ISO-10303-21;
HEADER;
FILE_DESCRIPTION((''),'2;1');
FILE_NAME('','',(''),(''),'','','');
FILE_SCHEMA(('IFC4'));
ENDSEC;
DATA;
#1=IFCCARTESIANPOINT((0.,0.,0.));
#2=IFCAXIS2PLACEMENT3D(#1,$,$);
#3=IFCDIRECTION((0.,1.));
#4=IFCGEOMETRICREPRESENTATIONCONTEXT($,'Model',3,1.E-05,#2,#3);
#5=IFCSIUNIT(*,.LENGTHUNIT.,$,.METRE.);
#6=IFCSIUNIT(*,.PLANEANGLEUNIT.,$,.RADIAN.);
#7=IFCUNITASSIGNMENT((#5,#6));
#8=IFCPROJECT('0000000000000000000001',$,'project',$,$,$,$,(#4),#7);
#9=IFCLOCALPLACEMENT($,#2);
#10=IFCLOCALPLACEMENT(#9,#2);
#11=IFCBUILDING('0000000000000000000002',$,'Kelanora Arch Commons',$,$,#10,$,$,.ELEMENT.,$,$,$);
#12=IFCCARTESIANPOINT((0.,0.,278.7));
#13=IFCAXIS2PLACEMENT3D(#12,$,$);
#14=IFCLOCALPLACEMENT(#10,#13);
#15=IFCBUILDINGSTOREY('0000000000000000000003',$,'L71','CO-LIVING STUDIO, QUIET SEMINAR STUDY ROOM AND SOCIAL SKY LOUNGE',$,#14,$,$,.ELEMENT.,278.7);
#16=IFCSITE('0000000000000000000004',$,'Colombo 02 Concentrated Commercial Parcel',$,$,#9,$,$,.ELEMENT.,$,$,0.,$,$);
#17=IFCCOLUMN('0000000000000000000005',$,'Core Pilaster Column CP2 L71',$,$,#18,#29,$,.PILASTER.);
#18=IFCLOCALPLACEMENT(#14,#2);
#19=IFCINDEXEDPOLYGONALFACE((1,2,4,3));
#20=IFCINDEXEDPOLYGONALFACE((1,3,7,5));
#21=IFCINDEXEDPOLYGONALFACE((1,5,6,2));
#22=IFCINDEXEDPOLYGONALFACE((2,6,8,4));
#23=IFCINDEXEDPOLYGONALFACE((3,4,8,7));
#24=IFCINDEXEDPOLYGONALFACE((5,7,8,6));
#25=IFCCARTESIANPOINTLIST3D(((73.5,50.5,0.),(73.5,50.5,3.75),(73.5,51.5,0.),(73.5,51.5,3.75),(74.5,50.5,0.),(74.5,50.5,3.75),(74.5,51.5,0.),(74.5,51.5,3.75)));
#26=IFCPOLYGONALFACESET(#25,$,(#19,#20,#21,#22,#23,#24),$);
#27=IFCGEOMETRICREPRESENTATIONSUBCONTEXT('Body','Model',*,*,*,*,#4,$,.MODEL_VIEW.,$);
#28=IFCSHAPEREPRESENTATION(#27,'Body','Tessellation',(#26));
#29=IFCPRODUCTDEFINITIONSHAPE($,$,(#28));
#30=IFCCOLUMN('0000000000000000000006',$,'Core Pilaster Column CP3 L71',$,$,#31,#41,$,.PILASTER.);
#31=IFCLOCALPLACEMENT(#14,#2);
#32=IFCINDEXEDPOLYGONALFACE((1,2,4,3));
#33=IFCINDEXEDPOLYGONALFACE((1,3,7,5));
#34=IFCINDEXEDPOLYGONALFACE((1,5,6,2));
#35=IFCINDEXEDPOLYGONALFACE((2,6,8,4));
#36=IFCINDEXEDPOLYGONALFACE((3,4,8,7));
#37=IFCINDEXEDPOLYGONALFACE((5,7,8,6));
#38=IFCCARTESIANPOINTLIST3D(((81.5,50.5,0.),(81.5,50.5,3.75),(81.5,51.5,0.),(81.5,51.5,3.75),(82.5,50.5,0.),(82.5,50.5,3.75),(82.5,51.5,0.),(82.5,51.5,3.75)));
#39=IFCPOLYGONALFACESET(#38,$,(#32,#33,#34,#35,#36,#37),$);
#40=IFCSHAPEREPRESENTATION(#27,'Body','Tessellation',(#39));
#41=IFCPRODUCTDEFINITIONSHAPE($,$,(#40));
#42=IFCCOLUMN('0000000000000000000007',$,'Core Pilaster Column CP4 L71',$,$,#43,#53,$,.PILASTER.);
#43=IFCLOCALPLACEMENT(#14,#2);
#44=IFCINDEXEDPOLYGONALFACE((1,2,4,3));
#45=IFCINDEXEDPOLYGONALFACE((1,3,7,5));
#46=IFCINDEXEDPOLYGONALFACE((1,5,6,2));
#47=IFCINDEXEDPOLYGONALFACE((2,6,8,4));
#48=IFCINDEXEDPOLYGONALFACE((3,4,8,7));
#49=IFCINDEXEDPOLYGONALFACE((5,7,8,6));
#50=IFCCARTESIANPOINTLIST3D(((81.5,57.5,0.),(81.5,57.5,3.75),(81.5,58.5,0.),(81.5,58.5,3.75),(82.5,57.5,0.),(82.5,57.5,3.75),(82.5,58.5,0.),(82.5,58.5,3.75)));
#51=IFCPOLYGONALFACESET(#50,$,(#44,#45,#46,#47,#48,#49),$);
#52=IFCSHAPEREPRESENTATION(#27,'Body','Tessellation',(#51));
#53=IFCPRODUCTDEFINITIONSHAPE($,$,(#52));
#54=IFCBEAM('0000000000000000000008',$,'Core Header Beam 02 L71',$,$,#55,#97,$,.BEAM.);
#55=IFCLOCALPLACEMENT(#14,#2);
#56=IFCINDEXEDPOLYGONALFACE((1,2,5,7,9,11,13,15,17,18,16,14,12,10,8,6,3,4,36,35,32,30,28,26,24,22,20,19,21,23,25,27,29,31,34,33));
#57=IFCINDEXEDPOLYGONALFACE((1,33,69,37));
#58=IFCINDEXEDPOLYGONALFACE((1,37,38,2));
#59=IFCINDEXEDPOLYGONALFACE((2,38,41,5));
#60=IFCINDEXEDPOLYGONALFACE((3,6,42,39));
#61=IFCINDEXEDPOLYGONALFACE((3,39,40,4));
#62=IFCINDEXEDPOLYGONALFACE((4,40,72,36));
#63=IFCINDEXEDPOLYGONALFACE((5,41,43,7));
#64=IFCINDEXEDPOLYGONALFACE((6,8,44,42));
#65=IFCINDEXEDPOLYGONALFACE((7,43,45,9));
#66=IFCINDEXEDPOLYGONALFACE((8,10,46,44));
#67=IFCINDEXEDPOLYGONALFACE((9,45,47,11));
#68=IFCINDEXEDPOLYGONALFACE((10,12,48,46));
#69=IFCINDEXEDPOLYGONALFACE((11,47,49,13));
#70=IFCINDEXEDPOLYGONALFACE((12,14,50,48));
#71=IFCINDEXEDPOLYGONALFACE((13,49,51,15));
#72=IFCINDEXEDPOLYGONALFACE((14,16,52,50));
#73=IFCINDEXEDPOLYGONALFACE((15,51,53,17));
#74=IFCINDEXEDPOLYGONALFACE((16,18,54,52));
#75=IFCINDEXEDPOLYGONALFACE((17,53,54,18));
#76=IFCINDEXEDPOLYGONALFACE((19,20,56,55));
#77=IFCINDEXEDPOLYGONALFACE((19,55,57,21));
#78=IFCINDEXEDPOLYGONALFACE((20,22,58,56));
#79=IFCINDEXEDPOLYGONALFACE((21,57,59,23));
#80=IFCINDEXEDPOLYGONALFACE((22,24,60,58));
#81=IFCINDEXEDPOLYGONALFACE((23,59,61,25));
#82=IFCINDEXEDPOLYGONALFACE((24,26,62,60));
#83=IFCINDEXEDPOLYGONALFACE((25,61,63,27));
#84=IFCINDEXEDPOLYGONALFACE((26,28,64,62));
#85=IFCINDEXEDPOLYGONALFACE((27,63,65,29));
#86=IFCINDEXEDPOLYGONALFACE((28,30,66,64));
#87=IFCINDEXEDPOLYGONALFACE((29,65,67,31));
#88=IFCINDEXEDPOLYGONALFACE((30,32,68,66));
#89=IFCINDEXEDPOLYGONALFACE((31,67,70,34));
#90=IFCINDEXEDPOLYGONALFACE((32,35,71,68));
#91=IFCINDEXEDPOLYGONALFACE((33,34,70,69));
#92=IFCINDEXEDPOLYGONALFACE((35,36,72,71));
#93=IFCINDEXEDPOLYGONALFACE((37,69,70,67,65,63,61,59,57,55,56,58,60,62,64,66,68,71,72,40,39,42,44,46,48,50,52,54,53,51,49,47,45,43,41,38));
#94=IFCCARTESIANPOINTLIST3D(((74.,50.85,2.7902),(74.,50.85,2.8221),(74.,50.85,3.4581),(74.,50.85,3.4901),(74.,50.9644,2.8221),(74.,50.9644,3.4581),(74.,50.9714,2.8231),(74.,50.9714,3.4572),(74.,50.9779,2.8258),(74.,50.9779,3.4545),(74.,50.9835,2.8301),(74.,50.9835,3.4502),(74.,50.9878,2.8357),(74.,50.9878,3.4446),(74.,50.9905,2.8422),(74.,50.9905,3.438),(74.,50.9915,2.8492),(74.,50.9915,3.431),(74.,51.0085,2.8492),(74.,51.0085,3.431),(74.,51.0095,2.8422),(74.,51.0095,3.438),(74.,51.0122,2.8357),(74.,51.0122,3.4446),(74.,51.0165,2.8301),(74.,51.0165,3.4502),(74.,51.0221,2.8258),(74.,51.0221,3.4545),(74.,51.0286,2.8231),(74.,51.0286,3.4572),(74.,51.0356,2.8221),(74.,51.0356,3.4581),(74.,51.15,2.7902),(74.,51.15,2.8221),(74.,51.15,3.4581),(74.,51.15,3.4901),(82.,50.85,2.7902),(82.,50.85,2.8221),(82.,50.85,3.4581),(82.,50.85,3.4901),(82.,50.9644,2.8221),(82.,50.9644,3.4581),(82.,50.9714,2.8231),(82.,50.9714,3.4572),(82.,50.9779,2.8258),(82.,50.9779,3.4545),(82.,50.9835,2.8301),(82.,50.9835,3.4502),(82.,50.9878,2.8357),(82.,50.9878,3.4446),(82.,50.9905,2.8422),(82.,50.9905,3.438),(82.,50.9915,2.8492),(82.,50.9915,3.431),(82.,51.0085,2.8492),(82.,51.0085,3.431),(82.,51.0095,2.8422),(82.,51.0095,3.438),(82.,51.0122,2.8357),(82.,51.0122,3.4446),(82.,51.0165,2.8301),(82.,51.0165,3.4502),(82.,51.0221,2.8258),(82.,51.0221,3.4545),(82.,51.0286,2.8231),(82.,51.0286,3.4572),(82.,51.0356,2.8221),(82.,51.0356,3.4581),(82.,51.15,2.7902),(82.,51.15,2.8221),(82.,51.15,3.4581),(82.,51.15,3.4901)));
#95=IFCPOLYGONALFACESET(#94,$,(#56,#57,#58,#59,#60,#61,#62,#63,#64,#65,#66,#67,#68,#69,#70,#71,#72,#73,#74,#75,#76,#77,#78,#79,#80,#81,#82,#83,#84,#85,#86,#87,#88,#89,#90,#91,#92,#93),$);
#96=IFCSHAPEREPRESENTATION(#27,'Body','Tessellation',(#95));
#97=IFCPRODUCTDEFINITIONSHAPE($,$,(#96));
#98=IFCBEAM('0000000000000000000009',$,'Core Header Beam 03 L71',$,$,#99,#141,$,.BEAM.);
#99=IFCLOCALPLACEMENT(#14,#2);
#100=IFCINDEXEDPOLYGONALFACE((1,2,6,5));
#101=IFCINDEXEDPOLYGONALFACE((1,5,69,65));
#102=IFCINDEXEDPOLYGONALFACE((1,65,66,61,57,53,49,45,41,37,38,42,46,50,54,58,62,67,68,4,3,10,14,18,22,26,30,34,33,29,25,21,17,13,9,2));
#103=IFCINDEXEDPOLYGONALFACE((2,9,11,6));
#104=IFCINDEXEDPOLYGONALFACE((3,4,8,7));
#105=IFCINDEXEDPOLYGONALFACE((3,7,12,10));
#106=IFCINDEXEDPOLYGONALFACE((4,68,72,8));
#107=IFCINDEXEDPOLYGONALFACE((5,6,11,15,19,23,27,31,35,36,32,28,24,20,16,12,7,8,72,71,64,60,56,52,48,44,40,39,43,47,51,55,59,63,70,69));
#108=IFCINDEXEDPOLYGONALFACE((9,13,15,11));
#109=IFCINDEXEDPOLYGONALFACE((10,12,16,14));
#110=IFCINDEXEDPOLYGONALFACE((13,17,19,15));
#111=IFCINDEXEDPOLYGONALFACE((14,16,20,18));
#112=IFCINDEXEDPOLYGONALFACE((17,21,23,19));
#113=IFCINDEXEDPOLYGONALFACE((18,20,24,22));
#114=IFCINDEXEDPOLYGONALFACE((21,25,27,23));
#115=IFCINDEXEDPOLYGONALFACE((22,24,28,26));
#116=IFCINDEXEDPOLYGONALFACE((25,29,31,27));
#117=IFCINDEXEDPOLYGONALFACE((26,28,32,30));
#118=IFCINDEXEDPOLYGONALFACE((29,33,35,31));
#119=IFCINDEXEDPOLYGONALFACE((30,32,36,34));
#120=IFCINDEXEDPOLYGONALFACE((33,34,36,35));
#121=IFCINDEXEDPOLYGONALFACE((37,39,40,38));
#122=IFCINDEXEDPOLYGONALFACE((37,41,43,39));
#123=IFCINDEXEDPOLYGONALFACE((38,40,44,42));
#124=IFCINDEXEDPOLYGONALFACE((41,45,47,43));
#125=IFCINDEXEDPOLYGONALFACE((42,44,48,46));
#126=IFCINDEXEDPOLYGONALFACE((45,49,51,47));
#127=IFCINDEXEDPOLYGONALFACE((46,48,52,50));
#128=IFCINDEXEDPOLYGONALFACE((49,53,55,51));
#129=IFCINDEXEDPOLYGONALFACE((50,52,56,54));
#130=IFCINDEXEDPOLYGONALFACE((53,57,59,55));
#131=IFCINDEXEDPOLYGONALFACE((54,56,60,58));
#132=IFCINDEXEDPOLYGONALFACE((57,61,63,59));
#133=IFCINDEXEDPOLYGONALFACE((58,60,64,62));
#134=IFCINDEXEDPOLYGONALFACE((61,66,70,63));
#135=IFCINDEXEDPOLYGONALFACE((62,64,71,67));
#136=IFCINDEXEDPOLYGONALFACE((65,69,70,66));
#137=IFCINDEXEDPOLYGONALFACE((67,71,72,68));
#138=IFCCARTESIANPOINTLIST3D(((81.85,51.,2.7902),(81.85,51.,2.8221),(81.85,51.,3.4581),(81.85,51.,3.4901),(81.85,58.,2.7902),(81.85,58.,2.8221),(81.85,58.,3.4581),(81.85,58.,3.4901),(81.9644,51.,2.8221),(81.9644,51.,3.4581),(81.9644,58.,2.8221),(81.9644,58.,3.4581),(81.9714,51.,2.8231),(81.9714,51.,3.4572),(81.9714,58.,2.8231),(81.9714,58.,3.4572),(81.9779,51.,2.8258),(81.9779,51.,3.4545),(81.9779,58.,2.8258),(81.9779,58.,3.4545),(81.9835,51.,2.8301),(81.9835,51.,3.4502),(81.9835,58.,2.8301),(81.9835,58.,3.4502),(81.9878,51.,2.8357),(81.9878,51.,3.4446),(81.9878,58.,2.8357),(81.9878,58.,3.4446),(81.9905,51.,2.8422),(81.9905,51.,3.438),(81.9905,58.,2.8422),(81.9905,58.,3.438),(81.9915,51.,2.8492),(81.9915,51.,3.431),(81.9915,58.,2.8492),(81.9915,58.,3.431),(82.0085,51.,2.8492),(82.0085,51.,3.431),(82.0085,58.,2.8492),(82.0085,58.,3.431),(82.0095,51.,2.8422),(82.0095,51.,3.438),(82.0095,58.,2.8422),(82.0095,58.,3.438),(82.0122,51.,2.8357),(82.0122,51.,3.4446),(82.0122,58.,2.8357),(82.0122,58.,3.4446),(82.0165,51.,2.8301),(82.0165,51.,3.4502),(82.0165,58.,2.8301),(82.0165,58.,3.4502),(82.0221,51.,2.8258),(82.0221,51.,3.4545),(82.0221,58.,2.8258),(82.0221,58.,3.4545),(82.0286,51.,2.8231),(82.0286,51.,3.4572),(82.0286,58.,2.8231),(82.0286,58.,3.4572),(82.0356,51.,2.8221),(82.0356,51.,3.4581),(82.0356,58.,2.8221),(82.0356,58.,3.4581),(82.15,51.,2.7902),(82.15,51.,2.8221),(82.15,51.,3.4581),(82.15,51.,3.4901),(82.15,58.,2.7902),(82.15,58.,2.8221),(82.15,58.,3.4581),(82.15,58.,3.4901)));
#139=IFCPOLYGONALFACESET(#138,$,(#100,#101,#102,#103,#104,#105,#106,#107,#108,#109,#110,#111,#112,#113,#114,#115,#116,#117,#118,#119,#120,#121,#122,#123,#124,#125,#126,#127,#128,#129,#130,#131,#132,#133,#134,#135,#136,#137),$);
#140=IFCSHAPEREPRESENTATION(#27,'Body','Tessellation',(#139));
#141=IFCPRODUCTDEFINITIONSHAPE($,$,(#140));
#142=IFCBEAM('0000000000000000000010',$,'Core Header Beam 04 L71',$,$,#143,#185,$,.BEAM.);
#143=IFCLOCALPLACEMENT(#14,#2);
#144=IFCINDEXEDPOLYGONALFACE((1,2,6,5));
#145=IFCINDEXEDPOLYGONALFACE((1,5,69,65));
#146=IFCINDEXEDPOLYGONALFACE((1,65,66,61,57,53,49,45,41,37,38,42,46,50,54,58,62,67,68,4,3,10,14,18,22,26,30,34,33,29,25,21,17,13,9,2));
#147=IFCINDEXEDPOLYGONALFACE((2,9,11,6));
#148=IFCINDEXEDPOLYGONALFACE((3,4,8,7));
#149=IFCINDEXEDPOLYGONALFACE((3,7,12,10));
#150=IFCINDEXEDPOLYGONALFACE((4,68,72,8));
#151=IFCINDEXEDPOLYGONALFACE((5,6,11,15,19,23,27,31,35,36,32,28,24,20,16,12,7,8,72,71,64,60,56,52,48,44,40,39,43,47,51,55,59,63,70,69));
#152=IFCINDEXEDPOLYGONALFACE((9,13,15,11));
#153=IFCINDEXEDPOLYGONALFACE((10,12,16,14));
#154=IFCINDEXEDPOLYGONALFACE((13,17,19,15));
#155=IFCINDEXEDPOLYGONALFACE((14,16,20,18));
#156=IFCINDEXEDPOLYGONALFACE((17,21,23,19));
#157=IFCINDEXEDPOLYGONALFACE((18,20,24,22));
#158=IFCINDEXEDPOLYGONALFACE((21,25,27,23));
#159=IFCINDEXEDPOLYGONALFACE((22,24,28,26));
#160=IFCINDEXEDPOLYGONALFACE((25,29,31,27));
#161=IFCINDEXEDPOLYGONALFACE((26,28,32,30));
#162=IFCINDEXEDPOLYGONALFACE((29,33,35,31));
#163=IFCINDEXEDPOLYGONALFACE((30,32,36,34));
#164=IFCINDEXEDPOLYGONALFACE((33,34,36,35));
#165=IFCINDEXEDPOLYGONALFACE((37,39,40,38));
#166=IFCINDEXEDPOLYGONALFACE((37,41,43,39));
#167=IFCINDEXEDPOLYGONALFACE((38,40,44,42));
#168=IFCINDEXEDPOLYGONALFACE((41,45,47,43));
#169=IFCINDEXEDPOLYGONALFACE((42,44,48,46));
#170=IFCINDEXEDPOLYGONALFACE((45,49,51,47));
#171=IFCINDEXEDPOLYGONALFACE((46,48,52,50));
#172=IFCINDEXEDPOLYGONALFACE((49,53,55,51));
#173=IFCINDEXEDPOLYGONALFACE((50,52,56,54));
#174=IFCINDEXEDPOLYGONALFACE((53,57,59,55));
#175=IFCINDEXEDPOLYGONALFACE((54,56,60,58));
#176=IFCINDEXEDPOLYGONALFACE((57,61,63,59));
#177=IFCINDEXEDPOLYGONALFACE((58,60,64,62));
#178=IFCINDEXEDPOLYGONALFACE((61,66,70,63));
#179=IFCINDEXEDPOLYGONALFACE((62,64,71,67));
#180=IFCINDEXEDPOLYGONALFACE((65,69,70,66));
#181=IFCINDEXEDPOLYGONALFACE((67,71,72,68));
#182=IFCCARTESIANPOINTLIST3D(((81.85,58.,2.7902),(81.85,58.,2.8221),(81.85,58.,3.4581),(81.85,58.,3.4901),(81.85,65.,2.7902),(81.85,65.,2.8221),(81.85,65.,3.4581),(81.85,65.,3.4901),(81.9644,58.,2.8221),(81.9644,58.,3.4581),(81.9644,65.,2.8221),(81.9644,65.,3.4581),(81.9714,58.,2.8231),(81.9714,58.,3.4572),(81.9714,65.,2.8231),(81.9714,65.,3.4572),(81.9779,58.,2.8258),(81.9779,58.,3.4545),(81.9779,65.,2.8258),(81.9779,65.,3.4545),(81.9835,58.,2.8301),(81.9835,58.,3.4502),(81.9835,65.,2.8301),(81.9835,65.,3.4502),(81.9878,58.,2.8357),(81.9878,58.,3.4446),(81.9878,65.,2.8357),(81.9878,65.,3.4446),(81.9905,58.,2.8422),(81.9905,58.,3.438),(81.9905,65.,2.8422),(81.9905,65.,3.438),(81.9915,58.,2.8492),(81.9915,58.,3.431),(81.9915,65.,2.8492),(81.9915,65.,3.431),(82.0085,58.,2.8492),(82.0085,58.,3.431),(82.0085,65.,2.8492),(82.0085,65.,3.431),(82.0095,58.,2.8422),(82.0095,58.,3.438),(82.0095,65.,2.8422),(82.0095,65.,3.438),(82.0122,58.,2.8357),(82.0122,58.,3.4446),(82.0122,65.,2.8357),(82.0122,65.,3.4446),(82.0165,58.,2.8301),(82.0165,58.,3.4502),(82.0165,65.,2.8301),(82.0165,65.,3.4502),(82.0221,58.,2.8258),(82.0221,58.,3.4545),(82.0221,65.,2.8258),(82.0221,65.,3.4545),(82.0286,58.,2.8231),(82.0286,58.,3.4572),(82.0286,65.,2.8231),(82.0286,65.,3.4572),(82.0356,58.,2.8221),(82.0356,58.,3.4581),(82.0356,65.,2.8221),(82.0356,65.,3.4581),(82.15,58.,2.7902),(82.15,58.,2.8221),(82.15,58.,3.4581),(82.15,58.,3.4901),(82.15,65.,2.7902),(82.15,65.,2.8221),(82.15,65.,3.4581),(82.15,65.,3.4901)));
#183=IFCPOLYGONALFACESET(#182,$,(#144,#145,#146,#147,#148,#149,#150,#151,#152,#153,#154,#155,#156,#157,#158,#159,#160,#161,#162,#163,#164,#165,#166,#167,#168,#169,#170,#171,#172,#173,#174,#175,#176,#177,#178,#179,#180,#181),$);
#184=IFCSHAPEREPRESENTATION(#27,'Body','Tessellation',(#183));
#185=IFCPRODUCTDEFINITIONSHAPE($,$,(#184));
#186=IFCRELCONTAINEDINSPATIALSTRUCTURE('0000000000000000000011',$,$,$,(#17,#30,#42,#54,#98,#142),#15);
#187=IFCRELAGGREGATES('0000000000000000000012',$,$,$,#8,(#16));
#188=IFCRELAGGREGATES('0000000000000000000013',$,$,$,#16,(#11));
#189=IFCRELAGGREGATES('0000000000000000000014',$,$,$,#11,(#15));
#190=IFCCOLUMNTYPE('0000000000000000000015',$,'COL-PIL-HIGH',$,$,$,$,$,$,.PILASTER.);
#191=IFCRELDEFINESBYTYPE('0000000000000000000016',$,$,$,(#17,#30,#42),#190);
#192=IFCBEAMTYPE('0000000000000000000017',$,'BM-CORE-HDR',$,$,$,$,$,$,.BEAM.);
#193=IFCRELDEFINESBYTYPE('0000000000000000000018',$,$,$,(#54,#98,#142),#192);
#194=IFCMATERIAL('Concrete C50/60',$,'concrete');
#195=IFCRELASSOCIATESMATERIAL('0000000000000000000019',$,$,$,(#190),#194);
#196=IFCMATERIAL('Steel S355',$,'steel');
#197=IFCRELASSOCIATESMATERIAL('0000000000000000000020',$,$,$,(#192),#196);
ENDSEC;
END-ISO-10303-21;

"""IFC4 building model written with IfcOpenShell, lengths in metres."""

from ifc_helpers import new_model, si_unit, direction, frame, origin, origin_2d, place, context, subcontext, project, spatial, rectangle, i_section, extrude, material, material_profile, profile_set, type_object, element, save


model = new_model("IFC4")

# Units and contexts
model_context = context("Model", 3, precision=1e-05, world=origin(), true_north=direction((0.0, 1.0)))
body_context = subcontext(model_context, "Body", "Model", "MODEL_VIEW")
ifc_project = project(units=[si_unit("LENGTHUNIT", "METRE"), si_unit("PLANEANGLEUNIT", "RADIAN")], contexts=[model_context])

# Site, building, storey
site_placement = place(None, origin())
site = spatial("IfcSite", under=ifc_project, at=site_placement, Name="Colombo 02 Concentrated Commercial Parcel", CompositionType="ELEMENT", RefElevation=0.0)
building_placement = place(site_placement, origin())
building = spatial("IfcBuilding", under=site, at=building_placement, Name="Kelanora Arch Commons", CompositionType="ELEMENT")
storey_placement = place(building_placement, frame((0.0, 0.0, 278.7)))
storey = spatial("IfcBuildingStorey", under=building, at=storey_placement, Name="L71", Description="CO-LIVING STUDIO, QUIET SEMINAR STUDY ROOM AND SOCIAL SKY LOUNGE", CompositionType="ELEMENT", Elevation=278.7)

# Columns
ifc_material_1 = material(Name="Concrete C50/60", Category="concrete")
ifc_material_profile_1 = material_profile(ifc_material_1, rectangle(XDim=1.0, YDim=1.0, at=origin_2d()), Name="RC1000x1000")
ifc_profile_set_1 = profile_set([ifc_material_profile_1], Name="Concrete C50/60")
column_type = type_object("IfcColumnType", Name="COL-PIL-HIGH", PredefinedType="PILASTER", material=ifc_profile_set_1)
for number, where, z_axis, x_axis, name in (
    (1, (74.0, 51.0, 0.0), (0.0, 0.0, 1.0), (1.0, 0.0, 0.0), "Core Pilaster Column CP2 L71"),
    (2, (82.0, 51.0, 0.0), (0.0, 0.0, 1.0), (1.0, 0.0, 0.0), "Core Pilaster Column CP3 L71"),
    (3, (82.0, 58.0, 0.0), (0.0, 0.0, 1.0), (1.0, 0.0, 0.0), "Core Pilaster Column CP4 L71"),
):
    element("IfcColumn", number, at=place(storey_placement, frame(where, z_axis=z_axis, x_axis=x_axis)), inside=storey, type_object=column_type, Name=name, PredefinedType="PILASTER", context=body_context, shape_type="SweptSolid", body=[
        extrude(rectangle(XDim=1.0, YDim=1.0, at=origin_2d()), origin(), (0.0, 0.0, 1.0), 3.75),
    ])

# Beams
ifc_material_2 = material(Name="Steel S355", Category="steel")
ifc_material_profile_2 = material_profile(ifc_material_2, i_section(OverallWidth=0.3, OverallDepth=0.7, WebThickness=0.0171, FlangeThickness=0.032, FilletRadius=0.0271, at=origin_2d()), Name="HEB700")
ifc_profile_set_2 = profile_set([ifc_material_profile_2], Name="Steel S355")
beam_type_1 = type_object("IfcBeamType", Name="BM-CORE-HDR", PredefinedType="BEAM", material=ifc_profile_set_2)
beam_1_placement = place(storey_placement, frame((74.0, 51.0, 3.1401), z_axis=(1.0, 0.0, 0.0), x_axis=(0.0, 1.0, 0.0)))
element("IfcBeam", 4, at=beam_1_placement, inside=storey, type_object=beam_type_1, Name="Core Header Beam 02 L71", PredefinedType="BEAM", context=body_context, shape_type="SweptSolid", body=[
    extrude(i_section(OverallWidth=0.3, OverallDepth=0.7, WebThickness=0.0171, FlangeThickness=0.032, FilletRadius=0.0271, at=origin_2d()), origin(), (0.0, 0.0, 1.0), 8.0),
])
for number, where, z_axis, x_axis, name in (
    (5, (82.0, 51.0, 3.1401), (0.0, 1.0, 0.0), (-1.0, 0.0, 0.0), "Core Header Beam 03 L71"),
    (6, (82.0, 58.0, 3.1401), (0.0, 1.0, 0.0), (-1.0, 0.0, 0.0), "Core Header Beam 04 L71"),
):
    element("IfcBeam", number, at=place(storey_placement, frame(where, z_axis=z_axis, x_axis=x_axis)), inside=storey, type_object=beam_type_1, Name=name, PredefinedType="BEAM", context=body_context, shape_type="SweptSolid", body=[
        extrude(i_section(OverallWidth=0.3, OverallDepth=0.7, WebThickness=0.0171, FlangeThickness=0.032, FilletRadius=0.0271, at=origin_2d()), origin(), (0.0, 0.0, 1.0), 7.0),
    ])

save(model, "model.ifc")
